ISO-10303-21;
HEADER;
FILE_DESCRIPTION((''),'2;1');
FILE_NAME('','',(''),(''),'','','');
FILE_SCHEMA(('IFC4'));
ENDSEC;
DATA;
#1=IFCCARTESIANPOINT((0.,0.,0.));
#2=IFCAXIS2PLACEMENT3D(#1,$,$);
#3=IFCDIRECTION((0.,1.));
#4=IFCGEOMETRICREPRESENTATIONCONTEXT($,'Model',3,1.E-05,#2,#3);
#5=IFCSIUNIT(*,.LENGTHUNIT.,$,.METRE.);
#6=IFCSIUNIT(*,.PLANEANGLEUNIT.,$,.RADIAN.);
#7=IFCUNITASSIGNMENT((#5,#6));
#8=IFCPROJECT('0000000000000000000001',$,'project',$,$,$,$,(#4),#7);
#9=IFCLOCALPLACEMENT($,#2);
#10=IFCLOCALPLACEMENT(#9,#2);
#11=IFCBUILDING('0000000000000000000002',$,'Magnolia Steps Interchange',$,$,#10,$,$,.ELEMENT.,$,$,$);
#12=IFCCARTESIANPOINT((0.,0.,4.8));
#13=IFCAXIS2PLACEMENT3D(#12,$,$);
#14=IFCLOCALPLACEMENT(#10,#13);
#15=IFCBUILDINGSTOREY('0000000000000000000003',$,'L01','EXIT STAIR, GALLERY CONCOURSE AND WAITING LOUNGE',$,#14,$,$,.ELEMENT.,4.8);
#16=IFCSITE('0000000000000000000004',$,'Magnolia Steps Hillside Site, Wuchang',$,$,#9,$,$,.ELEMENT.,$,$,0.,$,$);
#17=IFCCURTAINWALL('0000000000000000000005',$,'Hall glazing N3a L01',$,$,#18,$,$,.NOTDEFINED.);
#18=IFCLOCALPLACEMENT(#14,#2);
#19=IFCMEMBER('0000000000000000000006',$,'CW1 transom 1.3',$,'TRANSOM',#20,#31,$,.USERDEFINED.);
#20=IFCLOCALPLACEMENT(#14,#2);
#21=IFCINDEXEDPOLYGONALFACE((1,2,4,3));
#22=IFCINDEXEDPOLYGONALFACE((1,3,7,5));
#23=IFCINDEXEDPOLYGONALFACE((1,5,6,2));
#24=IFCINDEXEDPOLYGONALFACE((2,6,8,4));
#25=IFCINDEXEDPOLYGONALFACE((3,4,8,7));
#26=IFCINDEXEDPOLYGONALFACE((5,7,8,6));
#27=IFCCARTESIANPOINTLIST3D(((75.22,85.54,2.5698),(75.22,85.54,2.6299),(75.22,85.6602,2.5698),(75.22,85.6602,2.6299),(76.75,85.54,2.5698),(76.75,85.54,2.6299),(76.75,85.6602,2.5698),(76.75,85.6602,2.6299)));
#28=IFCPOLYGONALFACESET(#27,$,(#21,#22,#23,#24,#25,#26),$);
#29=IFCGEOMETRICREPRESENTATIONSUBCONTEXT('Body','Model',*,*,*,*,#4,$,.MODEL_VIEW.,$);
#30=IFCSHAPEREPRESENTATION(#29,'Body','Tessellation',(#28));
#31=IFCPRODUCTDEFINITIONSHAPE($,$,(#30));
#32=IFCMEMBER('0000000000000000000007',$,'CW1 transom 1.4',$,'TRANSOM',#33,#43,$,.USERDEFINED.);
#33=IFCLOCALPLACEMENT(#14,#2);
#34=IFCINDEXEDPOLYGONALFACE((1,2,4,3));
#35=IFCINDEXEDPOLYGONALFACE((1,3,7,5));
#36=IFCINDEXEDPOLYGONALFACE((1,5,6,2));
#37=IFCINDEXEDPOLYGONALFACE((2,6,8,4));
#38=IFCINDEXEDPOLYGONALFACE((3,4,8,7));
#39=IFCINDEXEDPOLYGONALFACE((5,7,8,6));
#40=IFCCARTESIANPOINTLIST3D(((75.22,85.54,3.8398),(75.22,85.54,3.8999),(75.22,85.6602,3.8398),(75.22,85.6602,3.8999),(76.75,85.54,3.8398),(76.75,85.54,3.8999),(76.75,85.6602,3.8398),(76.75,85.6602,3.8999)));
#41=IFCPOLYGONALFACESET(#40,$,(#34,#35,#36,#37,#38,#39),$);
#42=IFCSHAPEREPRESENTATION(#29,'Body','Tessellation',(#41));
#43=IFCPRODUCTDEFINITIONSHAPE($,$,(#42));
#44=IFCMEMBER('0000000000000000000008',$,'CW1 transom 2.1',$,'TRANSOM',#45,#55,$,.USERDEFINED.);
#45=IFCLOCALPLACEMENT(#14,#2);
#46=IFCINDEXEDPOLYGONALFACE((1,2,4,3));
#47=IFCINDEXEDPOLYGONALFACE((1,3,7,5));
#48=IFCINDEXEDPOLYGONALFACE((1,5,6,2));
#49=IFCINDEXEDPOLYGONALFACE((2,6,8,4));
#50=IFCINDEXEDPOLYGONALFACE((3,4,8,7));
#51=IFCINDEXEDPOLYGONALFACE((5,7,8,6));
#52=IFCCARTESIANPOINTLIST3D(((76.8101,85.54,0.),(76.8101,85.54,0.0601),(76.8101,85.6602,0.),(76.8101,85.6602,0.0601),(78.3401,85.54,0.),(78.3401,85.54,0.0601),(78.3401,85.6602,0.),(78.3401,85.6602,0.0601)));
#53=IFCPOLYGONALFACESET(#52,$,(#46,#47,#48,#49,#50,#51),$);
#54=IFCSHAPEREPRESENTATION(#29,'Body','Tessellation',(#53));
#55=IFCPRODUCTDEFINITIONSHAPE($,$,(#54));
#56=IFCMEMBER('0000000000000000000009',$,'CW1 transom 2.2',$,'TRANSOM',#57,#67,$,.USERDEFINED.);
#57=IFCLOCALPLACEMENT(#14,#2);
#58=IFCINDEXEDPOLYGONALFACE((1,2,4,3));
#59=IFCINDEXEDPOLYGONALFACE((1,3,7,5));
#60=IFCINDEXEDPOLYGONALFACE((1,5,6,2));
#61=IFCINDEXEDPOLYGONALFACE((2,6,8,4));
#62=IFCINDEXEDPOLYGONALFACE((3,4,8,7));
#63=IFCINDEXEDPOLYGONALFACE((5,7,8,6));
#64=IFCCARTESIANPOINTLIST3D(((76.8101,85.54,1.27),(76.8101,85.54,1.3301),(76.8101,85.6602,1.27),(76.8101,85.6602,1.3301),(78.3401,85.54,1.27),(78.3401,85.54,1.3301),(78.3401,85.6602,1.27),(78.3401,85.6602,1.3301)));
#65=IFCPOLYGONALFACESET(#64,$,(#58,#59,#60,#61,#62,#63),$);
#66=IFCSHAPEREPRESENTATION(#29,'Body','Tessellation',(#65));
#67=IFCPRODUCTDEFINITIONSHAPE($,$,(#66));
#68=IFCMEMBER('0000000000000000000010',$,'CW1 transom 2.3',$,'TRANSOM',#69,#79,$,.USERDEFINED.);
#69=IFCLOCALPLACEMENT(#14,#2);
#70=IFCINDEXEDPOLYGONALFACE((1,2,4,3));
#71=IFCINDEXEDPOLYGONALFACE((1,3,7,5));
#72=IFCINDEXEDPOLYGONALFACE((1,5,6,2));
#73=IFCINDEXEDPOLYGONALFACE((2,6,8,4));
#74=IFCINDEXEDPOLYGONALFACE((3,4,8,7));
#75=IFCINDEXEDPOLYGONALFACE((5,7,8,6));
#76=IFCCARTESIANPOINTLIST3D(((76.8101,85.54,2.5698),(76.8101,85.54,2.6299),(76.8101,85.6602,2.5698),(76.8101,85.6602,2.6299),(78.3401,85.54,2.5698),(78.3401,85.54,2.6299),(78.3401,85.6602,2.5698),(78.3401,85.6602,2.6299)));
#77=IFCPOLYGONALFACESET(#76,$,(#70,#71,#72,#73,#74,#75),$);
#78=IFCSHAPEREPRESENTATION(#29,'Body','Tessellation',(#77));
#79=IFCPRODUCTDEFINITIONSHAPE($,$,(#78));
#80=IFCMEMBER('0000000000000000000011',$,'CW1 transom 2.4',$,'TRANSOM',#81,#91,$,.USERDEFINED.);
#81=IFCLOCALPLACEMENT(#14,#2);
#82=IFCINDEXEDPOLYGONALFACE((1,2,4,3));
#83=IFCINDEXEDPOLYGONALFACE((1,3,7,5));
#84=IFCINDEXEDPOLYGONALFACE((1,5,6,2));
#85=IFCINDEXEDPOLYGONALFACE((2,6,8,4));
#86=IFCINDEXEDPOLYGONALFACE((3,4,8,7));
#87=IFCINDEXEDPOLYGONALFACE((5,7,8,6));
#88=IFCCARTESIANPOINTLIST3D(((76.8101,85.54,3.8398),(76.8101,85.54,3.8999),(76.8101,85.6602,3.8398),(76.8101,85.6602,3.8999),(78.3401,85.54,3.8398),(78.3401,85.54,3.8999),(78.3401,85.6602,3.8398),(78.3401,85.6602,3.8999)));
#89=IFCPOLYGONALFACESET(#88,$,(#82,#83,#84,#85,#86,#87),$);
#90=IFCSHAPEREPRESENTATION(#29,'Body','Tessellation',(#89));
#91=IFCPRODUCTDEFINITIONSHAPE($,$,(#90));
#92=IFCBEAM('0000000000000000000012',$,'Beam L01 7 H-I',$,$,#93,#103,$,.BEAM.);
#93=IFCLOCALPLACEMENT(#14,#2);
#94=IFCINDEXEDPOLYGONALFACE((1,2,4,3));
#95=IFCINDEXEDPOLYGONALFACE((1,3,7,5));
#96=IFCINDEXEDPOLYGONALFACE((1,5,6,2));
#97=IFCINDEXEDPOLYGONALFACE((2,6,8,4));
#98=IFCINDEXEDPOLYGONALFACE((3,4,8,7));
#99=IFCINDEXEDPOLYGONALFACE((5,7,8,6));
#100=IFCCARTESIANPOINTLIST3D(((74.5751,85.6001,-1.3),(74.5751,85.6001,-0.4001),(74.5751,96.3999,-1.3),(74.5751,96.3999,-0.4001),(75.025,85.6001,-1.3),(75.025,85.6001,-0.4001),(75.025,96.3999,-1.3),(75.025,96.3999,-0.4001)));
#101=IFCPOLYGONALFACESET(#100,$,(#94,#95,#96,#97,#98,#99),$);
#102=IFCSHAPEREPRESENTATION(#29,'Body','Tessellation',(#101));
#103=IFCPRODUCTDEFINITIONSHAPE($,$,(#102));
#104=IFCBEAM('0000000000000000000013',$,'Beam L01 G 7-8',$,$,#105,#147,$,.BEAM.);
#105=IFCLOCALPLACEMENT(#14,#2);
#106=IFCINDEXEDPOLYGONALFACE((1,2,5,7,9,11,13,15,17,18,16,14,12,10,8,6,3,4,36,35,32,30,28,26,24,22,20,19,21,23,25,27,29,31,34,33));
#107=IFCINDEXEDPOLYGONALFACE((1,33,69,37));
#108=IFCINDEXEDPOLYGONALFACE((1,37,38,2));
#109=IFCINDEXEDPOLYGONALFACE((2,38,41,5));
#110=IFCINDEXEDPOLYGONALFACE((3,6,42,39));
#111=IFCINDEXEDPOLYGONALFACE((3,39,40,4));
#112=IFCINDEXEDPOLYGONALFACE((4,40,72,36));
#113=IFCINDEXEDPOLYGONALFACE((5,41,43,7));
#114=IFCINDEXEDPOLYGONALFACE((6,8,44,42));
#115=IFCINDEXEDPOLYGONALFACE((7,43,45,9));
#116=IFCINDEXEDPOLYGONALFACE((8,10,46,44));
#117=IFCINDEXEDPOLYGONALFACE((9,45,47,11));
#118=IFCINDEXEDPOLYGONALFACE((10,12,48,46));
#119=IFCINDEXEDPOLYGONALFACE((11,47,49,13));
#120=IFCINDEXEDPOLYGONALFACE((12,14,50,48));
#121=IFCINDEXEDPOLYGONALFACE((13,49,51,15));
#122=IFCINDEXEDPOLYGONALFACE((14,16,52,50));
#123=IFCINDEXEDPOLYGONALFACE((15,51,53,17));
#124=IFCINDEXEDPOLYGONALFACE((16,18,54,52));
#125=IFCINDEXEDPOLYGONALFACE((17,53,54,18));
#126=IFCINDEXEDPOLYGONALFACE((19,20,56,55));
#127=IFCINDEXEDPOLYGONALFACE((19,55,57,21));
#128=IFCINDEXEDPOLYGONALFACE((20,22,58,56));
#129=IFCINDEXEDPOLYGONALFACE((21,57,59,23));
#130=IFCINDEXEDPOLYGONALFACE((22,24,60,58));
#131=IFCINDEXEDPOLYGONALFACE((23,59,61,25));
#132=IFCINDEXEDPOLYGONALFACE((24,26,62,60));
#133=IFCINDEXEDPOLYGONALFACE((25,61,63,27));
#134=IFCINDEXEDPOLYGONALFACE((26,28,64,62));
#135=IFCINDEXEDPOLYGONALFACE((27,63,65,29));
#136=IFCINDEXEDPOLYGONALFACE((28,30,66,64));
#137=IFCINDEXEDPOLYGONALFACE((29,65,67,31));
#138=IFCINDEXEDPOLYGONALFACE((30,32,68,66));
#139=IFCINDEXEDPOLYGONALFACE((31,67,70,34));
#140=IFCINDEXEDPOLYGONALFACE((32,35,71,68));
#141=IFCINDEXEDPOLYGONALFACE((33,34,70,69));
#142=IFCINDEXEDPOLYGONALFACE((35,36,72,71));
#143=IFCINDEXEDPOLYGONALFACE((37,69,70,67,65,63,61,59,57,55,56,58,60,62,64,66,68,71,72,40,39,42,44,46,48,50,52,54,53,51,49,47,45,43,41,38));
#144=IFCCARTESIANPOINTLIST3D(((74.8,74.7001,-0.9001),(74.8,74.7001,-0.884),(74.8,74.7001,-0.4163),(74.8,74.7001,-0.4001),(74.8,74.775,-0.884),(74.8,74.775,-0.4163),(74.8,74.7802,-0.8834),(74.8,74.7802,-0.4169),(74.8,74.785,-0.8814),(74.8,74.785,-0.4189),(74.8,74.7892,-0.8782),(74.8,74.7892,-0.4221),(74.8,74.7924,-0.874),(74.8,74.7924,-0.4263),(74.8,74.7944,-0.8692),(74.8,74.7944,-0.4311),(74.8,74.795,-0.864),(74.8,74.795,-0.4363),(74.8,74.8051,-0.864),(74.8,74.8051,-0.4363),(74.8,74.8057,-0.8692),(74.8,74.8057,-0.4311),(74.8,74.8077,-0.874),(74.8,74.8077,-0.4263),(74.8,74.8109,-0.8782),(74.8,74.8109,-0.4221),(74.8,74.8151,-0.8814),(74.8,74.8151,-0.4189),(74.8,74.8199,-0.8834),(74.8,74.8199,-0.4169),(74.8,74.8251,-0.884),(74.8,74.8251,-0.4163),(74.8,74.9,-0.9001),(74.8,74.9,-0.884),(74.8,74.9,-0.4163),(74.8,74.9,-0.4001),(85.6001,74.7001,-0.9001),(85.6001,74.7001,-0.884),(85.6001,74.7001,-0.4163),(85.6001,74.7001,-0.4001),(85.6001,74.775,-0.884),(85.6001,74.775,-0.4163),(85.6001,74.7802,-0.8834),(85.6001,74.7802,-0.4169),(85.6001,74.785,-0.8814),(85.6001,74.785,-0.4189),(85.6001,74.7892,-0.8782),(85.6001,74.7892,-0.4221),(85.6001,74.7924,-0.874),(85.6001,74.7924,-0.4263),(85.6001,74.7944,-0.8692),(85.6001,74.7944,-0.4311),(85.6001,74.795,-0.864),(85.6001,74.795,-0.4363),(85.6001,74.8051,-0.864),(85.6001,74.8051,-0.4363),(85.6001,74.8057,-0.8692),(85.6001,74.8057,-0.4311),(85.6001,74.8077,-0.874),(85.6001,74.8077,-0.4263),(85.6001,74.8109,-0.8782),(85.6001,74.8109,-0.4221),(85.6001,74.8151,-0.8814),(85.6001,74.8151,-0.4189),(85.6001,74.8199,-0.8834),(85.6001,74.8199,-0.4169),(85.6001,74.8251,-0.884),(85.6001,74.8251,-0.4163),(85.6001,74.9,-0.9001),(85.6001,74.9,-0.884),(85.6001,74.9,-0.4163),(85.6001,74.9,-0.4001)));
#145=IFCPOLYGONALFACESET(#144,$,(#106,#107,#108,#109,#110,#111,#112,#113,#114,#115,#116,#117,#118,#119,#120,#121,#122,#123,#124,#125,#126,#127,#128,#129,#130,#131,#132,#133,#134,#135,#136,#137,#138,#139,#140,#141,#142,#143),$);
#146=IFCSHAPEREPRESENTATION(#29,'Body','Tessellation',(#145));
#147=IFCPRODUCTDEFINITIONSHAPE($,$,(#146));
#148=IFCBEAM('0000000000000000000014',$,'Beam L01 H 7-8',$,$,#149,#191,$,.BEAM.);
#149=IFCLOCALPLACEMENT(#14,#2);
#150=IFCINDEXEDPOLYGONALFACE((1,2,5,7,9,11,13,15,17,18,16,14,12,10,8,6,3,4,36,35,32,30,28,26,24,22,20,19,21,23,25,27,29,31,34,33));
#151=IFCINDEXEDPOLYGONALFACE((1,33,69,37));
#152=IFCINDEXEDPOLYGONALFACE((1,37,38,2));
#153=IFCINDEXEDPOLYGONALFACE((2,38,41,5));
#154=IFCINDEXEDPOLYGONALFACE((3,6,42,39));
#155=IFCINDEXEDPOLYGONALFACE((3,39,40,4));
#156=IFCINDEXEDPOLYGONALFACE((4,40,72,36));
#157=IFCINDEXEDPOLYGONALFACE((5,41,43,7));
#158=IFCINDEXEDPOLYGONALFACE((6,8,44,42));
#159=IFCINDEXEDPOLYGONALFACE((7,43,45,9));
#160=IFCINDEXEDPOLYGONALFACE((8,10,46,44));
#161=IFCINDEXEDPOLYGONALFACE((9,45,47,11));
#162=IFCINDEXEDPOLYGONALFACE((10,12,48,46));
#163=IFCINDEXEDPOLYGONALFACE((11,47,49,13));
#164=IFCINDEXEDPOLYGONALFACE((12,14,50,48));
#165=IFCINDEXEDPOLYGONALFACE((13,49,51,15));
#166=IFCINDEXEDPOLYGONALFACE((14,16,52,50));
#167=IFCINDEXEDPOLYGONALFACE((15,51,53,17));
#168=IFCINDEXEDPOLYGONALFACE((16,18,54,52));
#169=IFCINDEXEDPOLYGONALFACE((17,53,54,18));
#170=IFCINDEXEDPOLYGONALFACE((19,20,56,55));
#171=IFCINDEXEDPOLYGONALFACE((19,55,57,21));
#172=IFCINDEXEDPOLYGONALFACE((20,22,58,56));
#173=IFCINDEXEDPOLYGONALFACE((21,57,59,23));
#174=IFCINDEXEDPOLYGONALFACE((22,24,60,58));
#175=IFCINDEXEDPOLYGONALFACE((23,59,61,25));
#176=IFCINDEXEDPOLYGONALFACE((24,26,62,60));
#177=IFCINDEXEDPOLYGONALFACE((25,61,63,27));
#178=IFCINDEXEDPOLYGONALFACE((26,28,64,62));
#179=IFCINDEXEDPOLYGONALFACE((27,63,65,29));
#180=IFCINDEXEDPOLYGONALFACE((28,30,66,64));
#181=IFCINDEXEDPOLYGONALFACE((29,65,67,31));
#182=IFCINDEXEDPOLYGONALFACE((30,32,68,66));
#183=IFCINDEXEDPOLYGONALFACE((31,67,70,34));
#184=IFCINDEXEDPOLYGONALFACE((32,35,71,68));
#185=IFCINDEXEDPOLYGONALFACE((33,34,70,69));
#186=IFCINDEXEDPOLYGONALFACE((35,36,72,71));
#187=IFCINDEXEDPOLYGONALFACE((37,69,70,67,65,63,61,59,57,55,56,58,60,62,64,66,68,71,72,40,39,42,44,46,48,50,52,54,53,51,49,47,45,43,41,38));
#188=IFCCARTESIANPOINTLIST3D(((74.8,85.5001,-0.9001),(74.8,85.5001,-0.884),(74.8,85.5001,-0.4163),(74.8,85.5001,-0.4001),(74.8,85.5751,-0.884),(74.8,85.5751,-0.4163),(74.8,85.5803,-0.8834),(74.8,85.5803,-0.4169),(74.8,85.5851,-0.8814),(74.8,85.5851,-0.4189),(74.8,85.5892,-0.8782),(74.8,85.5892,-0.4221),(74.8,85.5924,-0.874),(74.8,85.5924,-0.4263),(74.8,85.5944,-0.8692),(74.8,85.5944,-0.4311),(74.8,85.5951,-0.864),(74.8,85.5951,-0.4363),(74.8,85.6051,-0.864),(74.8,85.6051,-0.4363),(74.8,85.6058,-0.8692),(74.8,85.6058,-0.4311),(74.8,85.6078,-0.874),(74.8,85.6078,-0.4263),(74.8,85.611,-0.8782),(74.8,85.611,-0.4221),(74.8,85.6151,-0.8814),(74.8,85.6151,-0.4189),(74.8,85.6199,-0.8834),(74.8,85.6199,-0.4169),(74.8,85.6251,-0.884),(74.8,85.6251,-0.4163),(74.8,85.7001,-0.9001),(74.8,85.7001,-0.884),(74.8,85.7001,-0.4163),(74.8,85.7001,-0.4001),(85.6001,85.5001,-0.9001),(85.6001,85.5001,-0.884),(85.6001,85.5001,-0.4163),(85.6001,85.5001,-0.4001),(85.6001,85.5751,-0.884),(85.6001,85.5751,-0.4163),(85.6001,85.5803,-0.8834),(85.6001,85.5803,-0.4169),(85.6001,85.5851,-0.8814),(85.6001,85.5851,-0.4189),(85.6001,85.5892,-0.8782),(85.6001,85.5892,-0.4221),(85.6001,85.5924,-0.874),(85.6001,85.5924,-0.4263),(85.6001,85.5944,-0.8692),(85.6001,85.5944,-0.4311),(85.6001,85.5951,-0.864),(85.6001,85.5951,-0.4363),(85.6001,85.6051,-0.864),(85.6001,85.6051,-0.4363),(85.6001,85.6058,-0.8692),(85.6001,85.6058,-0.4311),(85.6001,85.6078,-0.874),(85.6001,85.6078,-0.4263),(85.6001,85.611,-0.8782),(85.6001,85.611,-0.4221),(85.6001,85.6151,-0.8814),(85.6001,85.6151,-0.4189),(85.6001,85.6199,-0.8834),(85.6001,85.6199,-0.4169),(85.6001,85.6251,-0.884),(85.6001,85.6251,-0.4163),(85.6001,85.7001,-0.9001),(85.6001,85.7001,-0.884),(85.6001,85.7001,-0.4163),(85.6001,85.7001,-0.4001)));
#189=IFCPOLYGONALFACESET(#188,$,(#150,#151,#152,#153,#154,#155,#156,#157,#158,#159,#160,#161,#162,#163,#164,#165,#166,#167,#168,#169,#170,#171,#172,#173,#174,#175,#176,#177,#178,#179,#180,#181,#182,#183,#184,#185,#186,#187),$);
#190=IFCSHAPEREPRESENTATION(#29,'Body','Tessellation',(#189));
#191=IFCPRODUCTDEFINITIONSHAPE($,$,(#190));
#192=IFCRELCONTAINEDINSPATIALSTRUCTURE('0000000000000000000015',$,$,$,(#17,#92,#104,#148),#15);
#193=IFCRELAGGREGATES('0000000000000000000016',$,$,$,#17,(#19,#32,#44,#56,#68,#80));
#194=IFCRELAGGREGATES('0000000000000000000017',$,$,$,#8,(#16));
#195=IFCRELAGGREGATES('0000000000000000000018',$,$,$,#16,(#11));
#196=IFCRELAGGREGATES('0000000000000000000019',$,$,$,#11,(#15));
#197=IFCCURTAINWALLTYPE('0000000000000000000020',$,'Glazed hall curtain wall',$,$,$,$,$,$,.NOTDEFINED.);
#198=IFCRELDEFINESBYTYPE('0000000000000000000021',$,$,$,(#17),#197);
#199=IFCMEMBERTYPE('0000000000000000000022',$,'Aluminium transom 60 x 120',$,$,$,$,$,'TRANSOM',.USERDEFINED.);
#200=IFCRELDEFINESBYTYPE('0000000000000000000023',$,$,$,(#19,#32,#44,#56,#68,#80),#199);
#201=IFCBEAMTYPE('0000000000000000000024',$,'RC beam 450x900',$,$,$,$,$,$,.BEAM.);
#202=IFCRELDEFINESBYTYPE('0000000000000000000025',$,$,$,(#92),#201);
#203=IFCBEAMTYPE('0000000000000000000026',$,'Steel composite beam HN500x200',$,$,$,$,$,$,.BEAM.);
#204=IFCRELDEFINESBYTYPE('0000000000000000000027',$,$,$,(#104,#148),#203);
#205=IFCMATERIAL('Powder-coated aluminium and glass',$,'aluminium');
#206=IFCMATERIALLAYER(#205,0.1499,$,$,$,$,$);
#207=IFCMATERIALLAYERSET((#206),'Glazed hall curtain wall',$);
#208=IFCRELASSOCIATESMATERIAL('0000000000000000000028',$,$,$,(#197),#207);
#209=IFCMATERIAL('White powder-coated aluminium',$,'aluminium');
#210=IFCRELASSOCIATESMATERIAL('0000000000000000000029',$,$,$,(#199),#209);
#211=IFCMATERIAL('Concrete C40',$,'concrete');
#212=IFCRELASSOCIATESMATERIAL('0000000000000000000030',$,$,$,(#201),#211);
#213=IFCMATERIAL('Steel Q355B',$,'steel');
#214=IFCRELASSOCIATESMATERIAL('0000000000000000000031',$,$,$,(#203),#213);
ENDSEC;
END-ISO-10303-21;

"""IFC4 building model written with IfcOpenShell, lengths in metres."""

from ifc_helpers import new_model, si_unit, direction, frame, origin, origin_2d, place, context, subcontext, project, spatial, rectangle, i_section, extrude, material, layer, layer_set, material_profile, profile_set, type_object, element, aggregate, save


model = new_model("IFC4")

# Units and contexts
model_context = context("Model", 3, precision=1e-05, world=origin(), true_north=direction((0.0, 1.0)))
body_context = subcontext(model_context, "Body", "Model", "MODEL_VIEW")
ifc_project = project(units=[si_unit("LENGTHUNIT", "METRE"), si_unit("PLANEANGLEUNIT", "RADIAN")], contexts=[model_context])

# Site, building, storey
site_placement = place(None, origin())
site = spatial("IfcSite", under=ifc_project, at=site_placement, Name="Magnolia Steps Hillside Site, Wuchang", CompositionType="ELEMENT", RefElevation=0.0)
building_placement = place(site_placement, origin())
building = spatial("IfcBuilding", under=site, at=building_placement, Name="Magnolia Steps Interchange", CompositionType="ELEMENT")
storey_placement = place(building_placement, frame((0.0, 0.0, 4.8)))
storey = spatial("IfcBuildingStorey", under=building, at=storey_placement, Name="L01", Description="EXIT STAIR, GALLERY CONCOURSE AND WAITING LOUNGE", CompositionType="ELEMENT", Elevation=4.8)

# Curtain wall, members
ifc_material_1 = material(Name="Powder-coated aluminium and glass", Category="aluminium")
ifc_layer_1 = layer(ifc_material_1, 0.1499)
ifc_layer_set_1 = layer_set([ifc_layer_1], Name="Glazed hall curtain wall")
curtain_wall_type = type_object("IfcCurtainWallType", Name="Glazed hall curtain wall", PredefinedType="NOTDEFINED", material=ifc_layer_set_1)
curtain_wall_placement = place(storey_placement, origin())
curtain_wall = element("IfcCurtainWall", 1, at=curtain_wall_placement, inside=storey, type_object=curtain_wall_type, Name="Hall glazing N3a L01", PredefinedType="NOTDEFINED")
ifc_material_2 = material(Name="White powder-coated aluminium", Category="aluminium")
ifc_material_profile_1 = material_profile(ifc_material_2, rectangle(XDim=0.0601, YDim=0.1201, at=origin_2d()), Name="Aluminium transom 60 x 120")
ifc_profile_set_1 = profile_set([ifc_material_profile_1], Name="White powder-coated aluminium")
member_type_1 = type_object("IfcMemberType", Name="Aluminium transom 60 x 120", ElementType="TRANSOM", PredefinedType="USERDEFINED", material=ifc_profile_set_1)
member_1_placement = place(storey_placement, frame((75.22, 85.6001, 2.5999), z_axis=(1.0, 0.0, 0.0), x_axis=(0.0, 0.0, 1.0)))
member_1 = element("IfcMember", 2, at=member_1_placement, type_object=member_type_1, Name="CW1 transom 1.3", ObjectType="TRANSOM", PredefinedType="USERDEFINED", context=body_context, shape_type="SweptSolid", body=[
    extrude(rectangle(XDim=0.0601, YDim=0.1201, at=origin_2d()), origin(), (0.0, 0.0, 1.0), 1.53),
])
member_2_placement = place(storey_placement, frame((75.22, 85.6001, 3.8699), z_axis=(1.0, 0.0, 0.0), x_axis=(0.0, 0.0, 1.0)))
member_2 = element("IfcMember", 3, at=member_2_placement, type_object=member_type_1, Name="CW1 transom 1.4", ObjectType="TRANSOM", PredefinedType="USERDEFINED", context=body_context, shape_type="SweptSolid", body=[
    extrude(rectangle(XDim=0.0601, YDim=0.1201, at=origin_2d()), origin(), (0.0, 0.0, 1.0), 1.53),
])
member_3_placement = place(storey_placement, frame((76.8101, 85.6001, 0.03), z_axis=(1.0, 0.0, 0.0), x_axis=(0.0, 0.0, 1.0)))
member_3 = element("IfcMember", 4, at=member_3_placement, type_object=member_type_1, Name="CW1 transom 2.1", ObjectType="TRANSOM", PredefinedType="USERDEFINED", context=body_context, shape_type="SweptSolid", body=[
    extrude(rectangle(XDim=0.0601, YDim=0.1201, at=origin_2d()), origin(), (0.0, 0.0, 1.0), 1.53),
])
member_4_placement = place(storey_placement, frame((76.8101, 85.6001, 1.3), z_axis=(1.0, 0.0, 0.0), x_axis=(0.0, 0.0, 1.0)))
member_4 = element("IfcMember", 5, at=member_4_placement, type_object=member_type_1, Name="CW1 transom 2.2", ObjectType="TRANSOM", PredefinedType="USERDEFINED", context=body_context, shape_type="SweptSolid", body=[
    extrude(rectangle(XDim=0.0601, YDim=0.1201, at=origin_2d()), origin(), (0.0, 0.0, 1.0), 1.53),
])
member_5_placement = place(storey_placement, frame((76.8101, 85.6001, 2.5999), z_axis=(1.0, 0.0, 0.0), x_axis=(0.0, 0.0, 1.0)))
member_5 = element("IfcMember", 6, at=member_5_placement, type_object=member_type_1, Name="CW1 transom 2.3", ObjectType="TRANSOM", PredefinedType="USERDEFINED", context=body_context, shape_type="SweptSolid", body=[
    extrude(rectangle(XDim=0.0601, YDim=0.1201, at=origin_2d()), origin(), (0.0, 0.0, 1.0), 1.53),
])
member_6_placement = place(storey_placement, frame((76.8101, 85.6001, 3.8699), z_axis=(1.0, 0.0, 0.0), x_axis=(0.0, 0.0, 1.0)))
member_6 = element("IfcMember", 7, at=member_6_placement, type_object=member_type_1, Name="CW1 transom 2.4", ObjectType="TRANSOM", PredefinedType="USERDEFINED", context=body_context, shape_type="SweptSolid", body=[
    extrude(rectangle(XDim=0.0601, YDim=0.1201, at=origin_2d()), origin(), (0.0, 0.0, 1.0), 1.53),
])

# Beams
ifc_material_3 = material(Name="Concrete C40", Category="concrete")
ifc_material_profile_2 = material_profile(ifc_material_3, rectangle(XDim=0.45, YDim=0.8999, at=origin_2d()), Name="RC450x900")
ifc_profile_set_2 = profile_set([ifc_material_profile_2], Name="Concrete C40")
beam_type_1 = type_object("IfcBeamType", Name="RC beam 450x900", PredefinedType="BEAM", material=ifc_profile_set_2)
beam_placement = place(storey_placement, frame((74.8, 85.6001, -0.8501), z_axis=(0.0, 1.0, 0.0), x_axis=(-1.0, 0.0, 0.0)))
element("IfcBeam", 8, at=beam_placement, inside=storey, type_object=beam_type_1, Name="Beam L01 7 H-I", PredefinedType="BEAM", context=body_context, shape_type="SweptSolid", body=[
    extrude(rectangle(XDim=0.45, YDim=0.8999, at=origin_2d()), origin(), (0.0, 0.0, 1.0), 10.7998),
])
ifc_material_4 = material(Name="Steel Q355B", Category="steel")
ifc_material_profile_3 = material_profile(ifc_material_4, i_section(OverallWidth=0.2, OverallDepth=0.5, WebThickness=0.01, FlangeThickness=0.0161, FilletRadius=0.02, at=origin_2d()), Name="HN500x200")
ifc_profile_set_3 = profile_set([ifc_material_profile_3], Name="Steel Q355B")
beam_type_2 = type_object("IfcBeamType", Name="Steel composite beam HN500x200", PredefinedType="BEAM", material=ifc_profile_set_3)
for number, where, z_axis, x_axis, name in (
    (9, (74.8, 74.8, -0.6501), (1.0, 0.0, 0.0), (0.0, 1.0, 0.0), "Beam L01 G 7-8"),
    (10, (74.8, 85.6001, -0.6501), (1.0, 0.0, 0.0), (0.0, 1.0, 0.0), "Beam L01 H 7-8"),
):
    element("IfcBeam", number, at=place(storey_placement, frame(where, z_axis=z_axis, x_axis=x_axis)), inside=storey, type_object=beam_type_2, Name=name, PredefinedType="BEAM", context=body_context, shape_type="SweptSolid", body=[
        extrude(i_section(OverallWidth=0.2, OverallDepth=0.5, WebThickness=0.01, FlangeThickness=0.0161, FilletRadius=0.02, at=origin_2d()), origin(), (0.0, 0.0, 1.0), 10.8),
    ])

aggregate(curtain_wall, [member_1, member_2, member_3, member_4, member_5, member_6])

save(model, "model.ifc")
